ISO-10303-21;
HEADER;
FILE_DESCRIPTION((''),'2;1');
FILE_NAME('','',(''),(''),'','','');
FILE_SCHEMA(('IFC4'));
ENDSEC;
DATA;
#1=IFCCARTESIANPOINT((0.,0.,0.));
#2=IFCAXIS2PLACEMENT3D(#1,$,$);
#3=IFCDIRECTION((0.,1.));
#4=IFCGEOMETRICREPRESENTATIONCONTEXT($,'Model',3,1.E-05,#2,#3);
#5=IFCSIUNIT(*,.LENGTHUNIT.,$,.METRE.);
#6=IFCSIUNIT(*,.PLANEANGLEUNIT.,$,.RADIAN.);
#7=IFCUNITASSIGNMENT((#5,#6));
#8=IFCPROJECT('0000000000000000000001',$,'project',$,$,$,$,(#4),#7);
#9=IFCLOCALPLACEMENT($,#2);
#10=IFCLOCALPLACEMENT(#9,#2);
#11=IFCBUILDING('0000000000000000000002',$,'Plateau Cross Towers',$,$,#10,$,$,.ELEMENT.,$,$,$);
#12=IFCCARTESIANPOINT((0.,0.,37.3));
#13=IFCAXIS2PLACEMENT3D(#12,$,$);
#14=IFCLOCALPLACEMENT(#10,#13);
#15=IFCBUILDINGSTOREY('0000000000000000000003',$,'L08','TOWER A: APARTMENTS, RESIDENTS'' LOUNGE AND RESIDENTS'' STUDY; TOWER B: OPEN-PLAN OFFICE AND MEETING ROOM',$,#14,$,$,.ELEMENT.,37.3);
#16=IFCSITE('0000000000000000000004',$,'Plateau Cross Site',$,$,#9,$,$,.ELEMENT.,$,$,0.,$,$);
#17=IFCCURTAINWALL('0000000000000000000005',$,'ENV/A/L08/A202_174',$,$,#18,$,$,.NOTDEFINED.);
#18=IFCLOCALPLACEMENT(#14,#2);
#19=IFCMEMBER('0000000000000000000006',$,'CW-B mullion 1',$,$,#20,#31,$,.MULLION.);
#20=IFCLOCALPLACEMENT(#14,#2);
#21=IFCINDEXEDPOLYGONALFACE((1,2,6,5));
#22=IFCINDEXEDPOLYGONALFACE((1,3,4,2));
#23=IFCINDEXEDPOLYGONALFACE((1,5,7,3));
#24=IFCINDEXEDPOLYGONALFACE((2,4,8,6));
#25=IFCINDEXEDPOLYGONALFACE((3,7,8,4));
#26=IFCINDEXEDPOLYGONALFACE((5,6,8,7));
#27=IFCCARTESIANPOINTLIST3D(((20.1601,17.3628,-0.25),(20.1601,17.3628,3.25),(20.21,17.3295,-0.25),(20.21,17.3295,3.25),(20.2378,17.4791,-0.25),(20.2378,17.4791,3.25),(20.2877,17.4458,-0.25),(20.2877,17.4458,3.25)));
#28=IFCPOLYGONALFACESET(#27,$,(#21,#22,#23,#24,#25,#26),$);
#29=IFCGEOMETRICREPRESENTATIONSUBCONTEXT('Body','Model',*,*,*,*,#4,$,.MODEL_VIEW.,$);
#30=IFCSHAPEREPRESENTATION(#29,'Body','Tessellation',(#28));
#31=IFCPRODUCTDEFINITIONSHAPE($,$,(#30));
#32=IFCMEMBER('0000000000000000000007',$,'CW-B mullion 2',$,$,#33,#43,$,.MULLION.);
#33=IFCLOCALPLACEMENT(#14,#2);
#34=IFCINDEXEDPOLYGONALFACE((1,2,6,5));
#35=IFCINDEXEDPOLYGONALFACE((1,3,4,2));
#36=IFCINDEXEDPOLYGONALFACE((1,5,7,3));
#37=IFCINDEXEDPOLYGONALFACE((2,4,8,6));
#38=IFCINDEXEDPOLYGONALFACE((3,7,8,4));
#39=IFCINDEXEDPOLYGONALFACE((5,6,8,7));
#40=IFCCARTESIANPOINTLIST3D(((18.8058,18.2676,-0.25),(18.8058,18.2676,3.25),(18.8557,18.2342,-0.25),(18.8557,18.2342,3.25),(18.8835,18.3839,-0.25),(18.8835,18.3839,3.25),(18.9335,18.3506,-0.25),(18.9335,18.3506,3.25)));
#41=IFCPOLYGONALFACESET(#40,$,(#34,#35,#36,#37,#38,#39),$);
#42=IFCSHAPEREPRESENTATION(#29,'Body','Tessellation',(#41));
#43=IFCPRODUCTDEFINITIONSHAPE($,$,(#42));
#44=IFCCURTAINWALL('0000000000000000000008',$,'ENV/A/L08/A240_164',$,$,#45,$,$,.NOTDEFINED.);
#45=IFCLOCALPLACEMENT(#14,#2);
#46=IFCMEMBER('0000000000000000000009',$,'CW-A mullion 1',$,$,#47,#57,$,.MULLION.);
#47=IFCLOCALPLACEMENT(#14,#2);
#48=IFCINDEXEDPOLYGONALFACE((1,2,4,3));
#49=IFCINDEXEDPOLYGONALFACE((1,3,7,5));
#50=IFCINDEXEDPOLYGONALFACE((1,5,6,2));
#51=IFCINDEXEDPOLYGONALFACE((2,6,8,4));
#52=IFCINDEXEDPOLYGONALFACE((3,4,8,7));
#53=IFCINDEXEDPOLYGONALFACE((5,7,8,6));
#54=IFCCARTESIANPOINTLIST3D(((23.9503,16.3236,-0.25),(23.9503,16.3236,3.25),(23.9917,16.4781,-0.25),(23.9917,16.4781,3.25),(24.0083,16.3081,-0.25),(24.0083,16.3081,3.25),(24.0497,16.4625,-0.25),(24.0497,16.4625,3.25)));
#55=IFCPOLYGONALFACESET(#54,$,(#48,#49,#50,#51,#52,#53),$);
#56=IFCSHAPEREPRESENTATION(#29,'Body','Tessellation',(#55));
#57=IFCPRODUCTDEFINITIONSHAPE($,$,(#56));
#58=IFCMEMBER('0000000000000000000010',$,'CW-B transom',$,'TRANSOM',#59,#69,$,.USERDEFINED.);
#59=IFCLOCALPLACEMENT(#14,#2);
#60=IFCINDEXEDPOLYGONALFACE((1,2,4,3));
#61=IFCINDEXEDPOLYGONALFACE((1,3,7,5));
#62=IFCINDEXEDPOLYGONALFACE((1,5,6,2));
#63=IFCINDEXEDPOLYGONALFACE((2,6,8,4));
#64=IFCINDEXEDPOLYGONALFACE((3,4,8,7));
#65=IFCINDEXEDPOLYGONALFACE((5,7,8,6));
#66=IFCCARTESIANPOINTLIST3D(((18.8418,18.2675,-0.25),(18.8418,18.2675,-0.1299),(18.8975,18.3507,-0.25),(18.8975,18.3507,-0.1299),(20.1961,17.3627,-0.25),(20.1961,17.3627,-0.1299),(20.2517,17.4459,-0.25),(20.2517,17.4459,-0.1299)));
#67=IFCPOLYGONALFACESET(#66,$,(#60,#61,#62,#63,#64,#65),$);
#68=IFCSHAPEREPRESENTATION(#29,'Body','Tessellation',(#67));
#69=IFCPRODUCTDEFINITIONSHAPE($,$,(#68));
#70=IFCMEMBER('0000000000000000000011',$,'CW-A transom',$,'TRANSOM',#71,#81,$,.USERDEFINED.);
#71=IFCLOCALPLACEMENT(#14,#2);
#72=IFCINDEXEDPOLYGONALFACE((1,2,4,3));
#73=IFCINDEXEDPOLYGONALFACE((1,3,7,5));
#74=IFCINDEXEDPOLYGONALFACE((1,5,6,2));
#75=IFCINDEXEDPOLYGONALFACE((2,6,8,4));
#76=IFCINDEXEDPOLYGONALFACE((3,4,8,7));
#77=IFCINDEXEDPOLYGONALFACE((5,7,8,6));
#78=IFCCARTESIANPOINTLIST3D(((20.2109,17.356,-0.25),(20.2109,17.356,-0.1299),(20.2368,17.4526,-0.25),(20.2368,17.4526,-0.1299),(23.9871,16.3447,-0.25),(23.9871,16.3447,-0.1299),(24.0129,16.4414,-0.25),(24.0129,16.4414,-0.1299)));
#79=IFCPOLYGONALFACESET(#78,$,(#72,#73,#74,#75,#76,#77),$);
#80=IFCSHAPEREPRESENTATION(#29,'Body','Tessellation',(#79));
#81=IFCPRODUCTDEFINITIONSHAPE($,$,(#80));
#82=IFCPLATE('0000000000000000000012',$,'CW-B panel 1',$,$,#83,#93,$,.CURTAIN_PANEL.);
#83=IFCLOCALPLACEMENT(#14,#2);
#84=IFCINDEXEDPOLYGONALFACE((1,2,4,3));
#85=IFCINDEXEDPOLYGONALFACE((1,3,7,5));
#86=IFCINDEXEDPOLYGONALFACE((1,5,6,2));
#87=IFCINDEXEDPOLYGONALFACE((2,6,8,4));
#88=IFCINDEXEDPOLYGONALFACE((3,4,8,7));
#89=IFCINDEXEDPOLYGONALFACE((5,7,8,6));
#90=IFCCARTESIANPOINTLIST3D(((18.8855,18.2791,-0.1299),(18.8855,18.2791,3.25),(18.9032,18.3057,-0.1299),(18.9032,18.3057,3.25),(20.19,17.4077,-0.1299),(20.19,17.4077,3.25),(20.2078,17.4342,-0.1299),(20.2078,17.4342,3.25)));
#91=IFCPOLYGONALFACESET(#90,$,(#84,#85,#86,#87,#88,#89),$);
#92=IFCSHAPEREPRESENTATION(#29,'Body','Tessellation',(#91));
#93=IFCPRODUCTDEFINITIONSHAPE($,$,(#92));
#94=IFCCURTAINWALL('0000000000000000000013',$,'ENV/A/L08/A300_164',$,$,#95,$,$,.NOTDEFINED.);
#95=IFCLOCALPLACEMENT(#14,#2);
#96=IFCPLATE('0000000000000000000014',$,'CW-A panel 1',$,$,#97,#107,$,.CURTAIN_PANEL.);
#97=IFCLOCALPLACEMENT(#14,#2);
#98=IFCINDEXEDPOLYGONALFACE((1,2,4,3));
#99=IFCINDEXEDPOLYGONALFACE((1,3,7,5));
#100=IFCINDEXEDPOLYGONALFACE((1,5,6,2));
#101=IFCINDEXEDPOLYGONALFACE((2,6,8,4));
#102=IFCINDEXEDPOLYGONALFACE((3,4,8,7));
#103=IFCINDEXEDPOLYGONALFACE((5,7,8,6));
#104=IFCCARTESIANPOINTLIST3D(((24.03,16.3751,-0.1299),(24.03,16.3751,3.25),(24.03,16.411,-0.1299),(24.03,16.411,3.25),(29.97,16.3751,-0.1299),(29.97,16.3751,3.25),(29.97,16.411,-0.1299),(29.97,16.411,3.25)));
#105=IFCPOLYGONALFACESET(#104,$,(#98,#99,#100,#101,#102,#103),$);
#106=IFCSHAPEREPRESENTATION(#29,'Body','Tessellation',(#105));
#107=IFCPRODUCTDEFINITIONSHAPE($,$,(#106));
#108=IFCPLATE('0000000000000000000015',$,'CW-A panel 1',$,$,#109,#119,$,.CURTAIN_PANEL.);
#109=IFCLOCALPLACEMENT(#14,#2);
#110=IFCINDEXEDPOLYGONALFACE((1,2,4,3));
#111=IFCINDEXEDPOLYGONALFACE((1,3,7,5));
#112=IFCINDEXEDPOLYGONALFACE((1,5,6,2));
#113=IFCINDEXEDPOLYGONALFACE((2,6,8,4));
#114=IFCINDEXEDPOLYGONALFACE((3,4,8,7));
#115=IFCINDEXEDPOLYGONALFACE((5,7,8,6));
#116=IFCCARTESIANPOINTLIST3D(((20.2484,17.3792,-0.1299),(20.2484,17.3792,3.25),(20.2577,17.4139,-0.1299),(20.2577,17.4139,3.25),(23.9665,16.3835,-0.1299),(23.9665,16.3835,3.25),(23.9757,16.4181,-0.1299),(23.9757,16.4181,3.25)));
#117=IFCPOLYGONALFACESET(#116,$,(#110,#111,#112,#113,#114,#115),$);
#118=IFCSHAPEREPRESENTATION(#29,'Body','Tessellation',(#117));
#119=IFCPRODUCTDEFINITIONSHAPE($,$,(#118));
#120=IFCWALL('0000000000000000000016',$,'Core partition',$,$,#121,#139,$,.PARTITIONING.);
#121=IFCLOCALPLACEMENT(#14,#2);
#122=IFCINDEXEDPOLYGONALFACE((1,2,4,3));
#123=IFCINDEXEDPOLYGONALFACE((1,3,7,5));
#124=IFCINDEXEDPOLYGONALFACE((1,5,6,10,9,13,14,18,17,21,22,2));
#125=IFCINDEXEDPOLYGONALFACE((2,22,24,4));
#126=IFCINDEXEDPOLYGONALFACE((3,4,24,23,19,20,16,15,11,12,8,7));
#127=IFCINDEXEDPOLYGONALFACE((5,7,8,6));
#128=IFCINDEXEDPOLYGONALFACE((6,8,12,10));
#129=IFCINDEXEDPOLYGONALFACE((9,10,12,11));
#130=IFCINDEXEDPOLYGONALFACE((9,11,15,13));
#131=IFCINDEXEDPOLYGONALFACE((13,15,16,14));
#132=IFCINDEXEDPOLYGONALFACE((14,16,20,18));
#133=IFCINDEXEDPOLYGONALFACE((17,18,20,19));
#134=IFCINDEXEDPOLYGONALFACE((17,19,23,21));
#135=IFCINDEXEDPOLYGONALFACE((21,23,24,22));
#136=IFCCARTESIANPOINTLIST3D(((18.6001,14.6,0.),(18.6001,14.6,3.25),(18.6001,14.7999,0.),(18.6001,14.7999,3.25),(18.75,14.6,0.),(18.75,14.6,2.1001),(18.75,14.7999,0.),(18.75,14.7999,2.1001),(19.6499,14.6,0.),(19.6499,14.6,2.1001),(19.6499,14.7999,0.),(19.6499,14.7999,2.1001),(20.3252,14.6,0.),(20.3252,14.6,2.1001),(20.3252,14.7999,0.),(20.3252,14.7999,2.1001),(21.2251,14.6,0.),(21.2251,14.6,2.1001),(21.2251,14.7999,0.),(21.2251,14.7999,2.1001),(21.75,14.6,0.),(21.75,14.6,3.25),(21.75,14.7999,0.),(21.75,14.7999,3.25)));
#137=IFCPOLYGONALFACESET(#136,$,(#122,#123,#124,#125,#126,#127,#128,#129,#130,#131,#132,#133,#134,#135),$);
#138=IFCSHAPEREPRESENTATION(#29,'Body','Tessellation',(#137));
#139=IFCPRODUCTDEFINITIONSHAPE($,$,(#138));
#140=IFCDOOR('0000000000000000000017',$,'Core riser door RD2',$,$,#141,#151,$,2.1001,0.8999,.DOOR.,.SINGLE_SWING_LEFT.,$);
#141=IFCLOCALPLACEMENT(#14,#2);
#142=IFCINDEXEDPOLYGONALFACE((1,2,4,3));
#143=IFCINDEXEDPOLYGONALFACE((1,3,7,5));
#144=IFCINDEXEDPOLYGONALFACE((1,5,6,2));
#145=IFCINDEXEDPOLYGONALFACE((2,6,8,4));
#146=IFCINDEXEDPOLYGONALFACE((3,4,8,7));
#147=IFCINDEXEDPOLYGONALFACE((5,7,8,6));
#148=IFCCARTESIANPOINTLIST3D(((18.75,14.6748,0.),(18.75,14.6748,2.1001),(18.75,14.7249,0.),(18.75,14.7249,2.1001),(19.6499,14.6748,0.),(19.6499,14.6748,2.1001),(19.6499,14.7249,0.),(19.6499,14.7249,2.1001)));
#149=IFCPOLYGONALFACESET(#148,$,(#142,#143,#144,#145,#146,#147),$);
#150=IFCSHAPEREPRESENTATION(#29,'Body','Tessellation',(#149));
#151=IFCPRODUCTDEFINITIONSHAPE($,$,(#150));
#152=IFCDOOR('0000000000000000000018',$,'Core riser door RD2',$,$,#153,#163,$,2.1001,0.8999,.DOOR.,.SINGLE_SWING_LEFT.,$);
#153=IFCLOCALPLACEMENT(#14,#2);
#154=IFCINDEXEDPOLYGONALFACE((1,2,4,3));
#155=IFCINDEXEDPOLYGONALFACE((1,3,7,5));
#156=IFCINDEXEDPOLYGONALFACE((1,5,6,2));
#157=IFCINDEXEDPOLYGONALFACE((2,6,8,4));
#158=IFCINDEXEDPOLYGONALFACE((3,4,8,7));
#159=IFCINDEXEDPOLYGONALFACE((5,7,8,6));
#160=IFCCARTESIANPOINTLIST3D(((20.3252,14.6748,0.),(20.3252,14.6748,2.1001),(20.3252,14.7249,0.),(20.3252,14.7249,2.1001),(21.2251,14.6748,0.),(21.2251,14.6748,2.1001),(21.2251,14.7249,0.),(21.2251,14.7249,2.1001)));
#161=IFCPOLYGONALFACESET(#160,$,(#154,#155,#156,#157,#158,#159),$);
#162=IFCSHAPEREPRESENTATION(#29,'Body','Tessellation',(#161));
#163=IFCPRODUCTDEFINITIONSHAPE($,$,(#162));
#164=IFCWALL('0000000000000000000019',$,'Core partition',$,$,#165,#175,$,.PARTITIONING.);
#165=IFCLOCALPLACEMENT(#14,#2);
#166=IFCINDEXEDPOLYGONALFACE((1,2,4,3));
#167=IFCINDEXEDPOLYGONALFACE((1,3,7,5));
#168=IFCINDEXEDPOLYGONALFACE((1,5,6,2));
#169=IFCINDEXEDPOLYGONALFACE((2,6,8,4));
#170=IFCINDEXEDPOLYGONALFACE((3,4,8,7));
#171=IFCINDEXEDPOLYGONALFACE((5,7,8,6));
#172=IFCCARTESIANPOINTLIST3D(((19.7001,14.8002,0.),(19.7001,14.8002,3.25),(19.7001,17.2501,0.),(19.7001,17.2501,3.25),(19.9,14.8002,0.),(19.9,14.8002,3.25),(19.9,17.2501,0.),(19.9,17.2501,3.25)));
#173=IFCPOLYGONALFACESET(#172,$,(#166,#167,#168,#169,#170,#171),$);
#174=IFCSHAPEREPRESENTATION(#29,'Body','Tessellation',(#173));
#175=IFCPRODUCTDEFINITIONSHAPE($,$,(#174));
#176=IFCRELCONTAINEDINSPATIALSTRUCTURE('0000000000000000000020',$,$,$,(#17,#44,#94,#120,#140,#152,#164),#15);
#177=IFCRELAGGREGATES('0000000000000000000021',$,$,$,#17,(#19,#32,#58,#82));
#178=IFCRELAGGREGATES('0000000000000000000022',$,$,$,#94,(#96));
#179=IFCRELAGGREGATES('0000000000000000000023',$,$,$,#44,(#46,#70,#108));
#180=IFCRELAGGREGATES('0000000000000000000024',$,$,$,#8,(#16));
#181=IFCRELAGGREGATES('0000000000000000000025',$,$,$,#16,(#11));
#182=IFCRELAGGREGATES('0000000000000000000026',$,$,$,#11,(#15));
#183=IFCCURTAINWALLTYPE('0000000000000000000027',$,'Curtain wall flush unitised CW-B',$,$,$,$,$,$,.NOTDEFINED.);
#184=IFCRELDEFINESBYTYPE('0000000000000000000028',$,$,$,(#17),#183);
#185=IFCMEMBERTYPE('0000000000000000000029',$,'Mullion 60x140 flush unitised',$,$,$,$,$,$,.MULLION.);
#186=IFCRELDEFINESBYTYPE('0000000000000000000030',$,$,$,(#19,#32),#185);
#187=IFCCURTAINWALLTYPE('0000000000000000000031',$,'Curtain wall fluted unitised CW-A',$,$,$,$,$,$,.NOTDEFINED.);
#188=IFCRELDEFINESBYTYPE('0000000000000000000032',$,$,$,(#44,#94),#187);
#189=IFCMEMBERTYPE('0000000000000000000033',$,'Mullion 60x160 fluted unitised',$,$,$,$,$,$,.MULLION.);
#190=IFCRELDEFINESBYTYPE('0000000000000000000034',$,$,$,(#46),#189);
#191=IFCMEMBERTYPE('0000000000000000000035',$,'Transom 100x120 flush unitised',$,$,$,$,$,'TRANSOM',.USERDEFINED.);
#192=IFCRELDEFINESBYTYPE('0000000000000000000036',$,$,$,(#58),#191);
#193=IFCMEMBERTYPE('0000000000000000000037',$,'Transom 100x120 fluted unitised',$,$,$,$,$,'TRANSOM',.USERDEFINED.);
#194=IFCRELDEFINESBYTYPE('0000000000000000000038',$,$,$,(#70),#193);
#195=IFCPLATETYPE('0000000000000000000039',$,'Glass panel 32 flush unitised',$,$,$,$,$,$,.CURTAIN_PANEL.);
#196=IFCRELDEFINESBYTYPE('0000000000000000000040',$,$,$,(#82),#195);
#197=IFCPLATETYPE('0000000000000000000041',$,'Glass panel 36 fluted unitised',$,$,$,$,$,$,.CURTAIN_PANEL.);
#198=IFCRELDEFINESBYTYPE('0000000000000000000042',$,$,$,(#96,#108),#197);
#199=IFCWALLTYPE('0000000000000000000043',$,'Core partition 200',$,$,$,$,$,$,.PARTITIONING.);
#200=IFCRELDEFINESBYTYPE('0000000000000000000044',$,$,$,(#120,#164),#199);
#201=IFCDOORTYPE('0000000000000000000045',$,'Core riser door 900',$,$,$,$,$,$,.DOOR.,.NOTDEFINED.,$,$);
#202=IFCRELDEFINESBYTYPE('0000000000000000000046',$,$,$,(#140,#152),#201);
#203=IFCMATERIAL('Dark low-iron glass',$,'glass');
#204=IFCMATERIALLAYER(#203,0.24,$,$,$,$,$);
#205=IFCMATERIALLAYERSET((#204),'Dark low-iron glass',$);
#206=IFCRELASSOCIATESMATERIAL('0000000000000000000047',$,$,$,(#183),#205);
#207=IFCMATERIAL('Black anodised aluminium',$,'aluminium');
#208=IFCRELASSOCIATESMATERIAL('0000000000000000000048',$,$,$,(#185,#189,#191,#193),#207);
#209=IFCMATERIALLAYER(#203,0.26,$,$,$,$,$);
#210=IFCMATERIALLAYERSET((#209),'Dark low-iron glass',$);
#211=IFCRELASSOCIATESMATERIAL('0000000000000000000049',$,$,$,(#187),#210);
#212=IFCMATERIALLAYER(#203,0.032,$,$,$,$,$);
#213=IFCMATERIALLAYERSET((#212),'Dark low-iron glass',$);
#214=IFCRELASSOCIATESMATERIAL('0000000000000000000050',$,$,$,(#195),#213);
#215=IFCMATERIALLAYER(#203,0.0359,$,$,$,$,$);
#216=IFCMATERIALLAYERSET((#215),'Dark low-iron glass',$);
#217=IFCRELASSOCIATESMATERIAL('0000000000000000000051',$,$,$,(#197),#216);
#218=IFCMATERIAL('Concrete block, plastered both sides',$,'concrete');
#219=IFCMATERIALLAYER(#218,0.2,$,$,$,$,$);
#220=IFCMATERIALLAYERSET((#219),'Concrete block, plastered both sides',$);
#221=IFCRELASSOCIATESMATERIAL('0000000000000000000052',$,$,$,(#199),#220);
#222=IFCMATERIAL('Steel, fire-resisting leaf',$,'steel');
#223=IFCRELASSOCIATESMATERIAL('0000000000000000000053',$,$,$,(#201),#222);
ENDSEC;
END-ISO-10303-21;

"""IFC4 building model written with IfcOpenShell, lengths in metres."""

from ifc_helpers import new_model, si_unit, direction, frame, frame_2d, origin, origin_2d, place, context, subcontext, project, spatial, rectangle, extrude, material, layer, layer_set, material_profile, profile_set, type_object, element, fill, aggregate, save


model = new_model("IFC4")

# Units and contexts
model_context = context("Model", 3, precision=1e-05, world=origin(), true_north=direction((0.0, 1.0)))
body_context = subcontext(model_context, "Body", "Model", "MODEL_VIEW")
ifc_project = project(units=[si_unit("LENGTHUNIT", "METRE"), si_unit("PLANEANGLEUNIT", "RADIAN")], contexts=[model_context])

# Site, building, storey
site_placement = place(None, origin())
site = spatial("IfcSite", under=ifc_project, at=site_placement, Name="Plateau Cross Site", CompositionType="ELEMENT", RefElevation=0.0)
building_placement = place(site_placement, origin())
building = spatial("IfcBuilding", under=site, at=building_placement, Name="Plateau Cross Towers", CompositionType="ELEMENT")
storey_placement = place(building_placement, frame((0.0, 0.0, 37.3)))
storey = spatial("IfcBuildingStorey", under=building, at=storey_placement, Name="L08", Description="TOWER A: APARTMENTS, RESIDENTS' LOUNGE AND RESIDENTS' STUDY; TOWER B: OPEN-PLAN OFFICE AND MEETING ROOM", CompositionType="ELEMENT", Elevation=37.3)

# Curtain wall, members
ifc_material_1 = material(Name="Dark low-iron glass", Category="glass")
ifc_layer_1 = layer(ifc_material_1, 0.24)
ifc_layer_set_1 = layer_set([ifc_layer_1], Name="Dark low-iron glass")
curtain_wall_type_1 = type_object("IfcCurtainWallType", Name="Curtain wall flush unitised CW-B", PredefinedType="NOTDEFINED", material=ifc_layer_set_1)
curtain_wall_1_placement = place(storey_placement, origin())
curtain_wall_1 = element("IfcCurtainWall", 1, at=curtain_wall_1_placement, inside=storey, type_object=curtain_wall_type_1, Name="ENV/A/L08/A202_174", PredefinedType="NOTDEFINED")
ifc_material_2 = material(Name="Black anodised aluminium", Category="aluminium")
ifc_material_profile_1 = material_profile(ifc_material_2, rectangle(XDim=0.0601, YDim=0.1399, at=origin_2d()), Name="MULLION 60x140")
ifc_profile_set_1 = profile_set([ifc_material_profile_1], Name="Black anodised aluminium")
member_type_1 = type_object("IfcMemberType", Name="Mullion 60x140 flush unitised", PredefinedType="MULLION", material=ifc_profile_set_1)
member_1_placement = place(storey_placement, frame((20.2239, 17.4043, -0.25), z_axis=(0.0, 0.0, 1.0), x_axis=(-0.831521, 0.555493, 0.0)))
member_1 = element("IfcMember", 2, at=member_1_placement, type_object=member_type_1, Name="CW-B mullion 1", PredefinedType="MULLION", context=body_context, shape_type="SweptSolid", body=[
    extrude(rectangle(XDim=0.0601, YDim=0.1399, at=origin_2d()), origin(), (0.0, 0.0, 1.0), 3.5),
])
member_2_placement = place(storey_placement, frame((18.8696, 18.3091, -0.25), z_axis=(0.0, 0.0, 1.0), x_axis=(-0.831521, 0.555493, 0.0)))
member_2 = element("IfcMember", 3, at=member_2_placement, type_object=member_type_1, Name="CW-B mullion 2", PredefinedType="MULLION", context=body_context, shape_type="SweptSolid", body=[
    extrude(rectangle(XDim=0.0601, YDim=0.1399, at=origin_2d()), origin(), (0.0, 0.0, 1.0), 3.5),
])

# Curtain wall, member
ifc_layer_2 = layer(ifc_material_1, 0.26)
ifc_layer_set_2 = layer_set([ifc_layer_2], Name="Dark low-iron glass")
curtain_wall_type_2 = type_object("IfcCurtainWallType", Name="Curtain wall fluted unitised CW-A", PredefinedType="NOTDEFINED", material=ifc_layer_set_2)
curtain_wall_2_placement = place(storey_placement, origin())
curtain_wall_2 = element("IfcCurtainWall", 4, at=curtain_wall_2_placement, inside=storey, type_object=curtain_wall_type_2, Name="ENV/A/L08/A240_164", PredefinedType="NOTDEFINED")
ifc_material_profile_2 = material_profile(ifc_material_2, rectangle(XDim=0.0601, YDim=0.1599, at=origin_2d()), Name="MULLION 60x160")
ifc_profile_set_2 = profile_set([ifc_material_profile_2], Name="Black anodised aluminium")
member_type_2 = type_object("IfcMemberType", Name="Mullion 60x160 fluted unitised", PredefinedType="MULLION", material=ifc_profile_set_2)
member_3_placement = place(storey_placement, frame((24.0, 16.3931, -0.25), z_axis=(0.0, 0.0, 1.0), x_axis=(-0.965958, 0.258699, 0.0)))
member_3 = element("IfcMember", 5, at=member_3_placement, type_object=member_type_2, Name="CW-A mullion 1", PredefinedType="MULLION", context=body_context, shape_type="SweptSolid", body=[
    extrude(rectangle(XDim=0.0601, YDim=0.1599, at=origin_2d()), origin(), (0.0, 0.0, 1.0), 3.5),
])

# Members
ifc_material_profile_3 = material_profile(ifc_material_2, rectangle(XDim=0.1001, YDim=0.1201, at=origin_2d()), Name="TRANSOM 100x120")
ifc_profile_set_3 = profile_set([ifc_material_profile_3], Name="Black anodised aluminium")
member_type_3 = type_object("IfcMemberType", Name="Transom 100x120 flush unitised", ElementType="TRANSOM", PredefinedType="USERDEFINED", material=ifc_profile_set_3)
member_4_placement = place(storey_placement, frame((20.2239, 17.4043, -0.1899), z_axis=(-0.831496, 0.55553, 0.0), x_axis=(-0.55553, -0.831496, 0.0)))
member_4 = element("IfcMember", 6, at=member_4_placement, type_object=member_type_3, Name="CW-B transom", ObjectType="TRANSOM", PredefinedType="USERDEFINED", context=body_context, shape_type="SweptSolid", body=[
    extrude(rectangle(XDim=0.1001, YDim=0.1201, at=origin_2d()), origin(), (0.0, 0.0, 1.0), 1.6287),
])
ifc_material_profile_4 = material_profile(ifc_material_2, rectangle(XDim=0.1001, YDim=0.1201, at=origin_2d()), Name="TRANSOM 100x120")
ifc_profile_set_4 = profile_set([ifc_material_profile_4], Name="Black anodised aluminium")
member_type_4 = type_object("IfcMemberType", Name="Transom 100x120 fluted unitised", ElementType="TRANSOM", PredefinedType="USERDEFINED", material=ifc_profile_set_4)
member_5_placement = place(storey_placement, frame((24.0, 16.3931, -0.1899), z_axis=(-0.965963, 0.258681, 0.0), x_axis=(-0.258681, -0.965963, 0.0)))
member_5 = element("IfcMember", 7, at=member_5_placement, type_object=member_type_4, Name="CW-A transom", ObjectType="TRANSOM", PredefinedType="USERDEFINED", context=body_context, shape_type="SweptSolid", body=[
    extrude(rectangle(XDim=0.1001, YDim=0.1201, at=origin_2d()), origin(), (0.0, 0.0, 1.0), 3.9092),
])

# Plate
ifc_layer_3 = layer(ifc_material_1, 0.032)
ifc_layer_set_3 = layer_set([ifc_layer_3], Name="Dark low-iron glass")
plate_type_1 = type_object("IfcPlateType", Name="Glass panel 32 flush unitised", PredefinedType="CURTAIN_PANEL", material=ifc_layer_set_3)
plate_1_placement = place(storey_placement, frame((19.5466, 17.8567, -0.1299), z_axis=(0.0, 0.0, 1.0), x_axis=(-0.831521, 0.555493, 0.0)))
plate_1 = element("IfcPlate", 8, at=plate_1_placement, type_object=plate_type_1, Name="CW-B panel 1", PredefinedType="CURTAIN_PANEL", context=body_context, shape_type="SweptSolid", body=[
    extrude(rectangle(XDim=1.5688, YDim=0.032, at=origin_2d()), origin(), (0.0, 0.0, 1.0), 3.3799),
])
aggregate(curtain_wall_1, [member_1, member_2, member_4, plate_1])

# Curtain wall, plate
curtain_wall_3_placement = place(storey_placement, origin())
curtain_wall_3 = element("IfcCurtainWall", 9, at=curtain_wall_3_placement, inside=storey, type_object=curtain_wall_type_2, Name="ENV/A/L08/A300_164", PredefinedType="NOTDEFINED")
ifc_layer_4 = layer(ifc_material_1, 0.0359)
ifc_layer_set_4 = layer_set([ifc_layer_4], Name="Dark low-iron glass")
plate_type_2 = type_object("IfcPlateType", Name="Glass panel 36 fluted unitised", PredefinedType="CURTAIN_PANEL", material=ifc_layer_set_4)
plate_2_placement = place(storey_placement, frame((27.0, 16.3931, -0.1299), z_axis=(0.0, 0.0, 1.0), x_axis=(-1.0, 0.0, 0.0)))
plate_2 = element("IfcPlate", 10, at=plate_2_placement, type_object=plate_type_2, Name="CW-A panel 1", PredefinedType="CURTAIN_PANEL", context=body_context, shape_type="SweptSolid", body=[
    extrude(rectangle(XDim=5.9399, YDim=0.0359, at=origin_2d()), origin(), (0.0, 0.0, 1.0), 3.3799),
])
aggregate(curtain_wall_3, [plate_2])

# Plate
plate_3_placement = place(storey_placement, frame((22.1121, 16.8987, -0.1299), z_axis=(0.0, 0.0, 1.0), x_axis=(-0.965958, 0.258699, 0.0)))
plate_3 = element("IfcPlate", 11, at=plate_3_placement, type_object=plate_type_2, Name="CW-A panel 1", PredefinedType="CURTAIN_PANEL", context=body_context, shape_type="SweptSolid", body=[
    extrude(rectangle(XDim=3.8491, YDim=0.0359, at=origin_2d()), origin(), (0.0, 0.0, 1.0), 3.3799),
])
aggregate(curtain_wall_2, [member_3, member_5, plate_3])

# Wall, openings, doors
ifc_material_3 = material(Name="Concrete block, plastered both sides", Category="concrete")
ifc_layer_5 = layer(ifc_material_3, 0.2)
ifc_layer_set_5 = layer_set([ifc_layer_5], Name="Concrete block, plastered both sides")
wall_type_1 = type_object("IfcWallType", Name="Core partition 200", PredefinedType="PARTITIONING", material=ifc_layer_set_5)
wall_1_placement = place(storey_placement, frame((18.6001, 14.7, 0.0), z_axis=(0.0, 0.0, 1.0), x_axis=(1.0, 0.0, 0.0)))
wall_1 = element("IfcWall", 12, at=wall_1_placement, inside=storey, type_object=wall_type_1, Name="Core partition", PredefinedType="PARTITIONING", context=body_context, shape_type="SweptSolid", body=[
    extrude(rectangle(XDim=3.1499, YDim=0.2, at=frame_2d((1.575, 0.0))), origin(), (0.0, 0.0, 1.0), 3.25),
])
opening_1_placement = place(wall_1_placement, frame((0.1499, 0.0, 0.0)))
opening_1 = element("IfcOpeningElement", 13, at=opening_1_placement, cuts=wall_1, PredefinedType="OPENING", context=body_context, shape_type="SweptSolid", body=[
    extrude(rectangle(XDim=0.8999, YDim=2.1001, at=frame_2d((0.45, 1.05))), frame((0.0, 0.1099, 0.0), z_axis=(0.0, -1.0, 0.0), x_axis=(1.0, 0.0, 0.0)), (0.0, 0.0, 1.0), 0.22),
])
opening_2_placement = place(wall_1_placement, frame((1.7251, 0.0, 0.0)))
opening_2 = element("IfcOpeningElement", 14, at=opening_2_placement, cuts=wall_1, PredefinedType="OPENING", context=body_context, shape_type="SweptSolid", body=[
    extrude(rectangle(XDim=0.8999, YDim=2.1001, at=frame_2d((0.45, 1.05))), frame((0.0, 0.1099, 0.0), z_axis=(0.0, -1.0, 0.0), x_axis=(1.0, 0.0, 0.0)), (0.0, 0.0, 1.0), 0.22),
])
ifc_material_4 = material(Name="Steel, fire-resisting leaf", Category="steel")
door_type_1 = type_object("IfcDoorType", Name="Core riser door 900", OperationType="NOTDEFINED", PredefinedType="DOOR", material=ifc_material_4)
door_1_placement = place(opening_1_placement, origin())
door_1 = element("IfcDoor", 15, at=door_1_placement, inside=storey, type_object=door_type_1, Name="Core riser door RD2", OperationType="SINGLE_SWING_LEFT", OverallHeight=2.1001, OverallWidth=0.8999, PredefinedType="DOOR", context=body_context, shape_type="SweptSolid", body=[
    extrude(rectangle(XDim=0.8999, YDim=2.1001, at=frame_2d((0.45, 1.05))), frame((0.0, 0.0249, 0.0), z_axis=(0.0, -1.0, 0.0), x_axis=(1.0, 0.0, 0.0)), (0.0, 0.0, 1.0), 0.05),
])
fill(opening_1, door_1)
door_2_placement = place(opening_2_placement, origin())
door_2 = element("IfcDoor", 16, at=door_2_placement, inside=storey, type_object=door_type_1, Name="Core riser door RD2", OperationType="SINGLE_SWING_LEFT", OverallHeight=2.1001, OverallWidth=0.8999, PredefinedType="DOOR", context=body_context, shape_type="SweptSolid", body=[
    extrude(rectangle(XDim=0.8999, YDim=2.1001, at=frame_2d((0.45, 1.05))), frame((0.0, 0.0249, 0.0), z_axis=(0.0, -1.0, 0.0), x_axis=(1.0, 0.0, 0.0)), (0.0, 0.0, 1.0), 0.05),
])
fill(opening_2, door_2)

# Wall
wall_2_placement = place(storey_placement, frame((19.8, 14.8, 0.0), z_axis=(0.0, 0.0, 1.0), x_axis=(0.0, 1.0, 0.0)))
element("IfcWall", 17, at=wall_2_placement, inside=storey, type_object=wall_type_1, Name="Core partition", PredefinedType="PARTITIONING", context=body_context, shape_type="SweptSolid", body=[
    extrude(rectangle(XDim=2.45, YDim=0.2, at=frame_2d((1.2251, 0.0))), origin(), (0.0, 0.0, 1.0), 3.25),
])

save(model, "model.ifc")
